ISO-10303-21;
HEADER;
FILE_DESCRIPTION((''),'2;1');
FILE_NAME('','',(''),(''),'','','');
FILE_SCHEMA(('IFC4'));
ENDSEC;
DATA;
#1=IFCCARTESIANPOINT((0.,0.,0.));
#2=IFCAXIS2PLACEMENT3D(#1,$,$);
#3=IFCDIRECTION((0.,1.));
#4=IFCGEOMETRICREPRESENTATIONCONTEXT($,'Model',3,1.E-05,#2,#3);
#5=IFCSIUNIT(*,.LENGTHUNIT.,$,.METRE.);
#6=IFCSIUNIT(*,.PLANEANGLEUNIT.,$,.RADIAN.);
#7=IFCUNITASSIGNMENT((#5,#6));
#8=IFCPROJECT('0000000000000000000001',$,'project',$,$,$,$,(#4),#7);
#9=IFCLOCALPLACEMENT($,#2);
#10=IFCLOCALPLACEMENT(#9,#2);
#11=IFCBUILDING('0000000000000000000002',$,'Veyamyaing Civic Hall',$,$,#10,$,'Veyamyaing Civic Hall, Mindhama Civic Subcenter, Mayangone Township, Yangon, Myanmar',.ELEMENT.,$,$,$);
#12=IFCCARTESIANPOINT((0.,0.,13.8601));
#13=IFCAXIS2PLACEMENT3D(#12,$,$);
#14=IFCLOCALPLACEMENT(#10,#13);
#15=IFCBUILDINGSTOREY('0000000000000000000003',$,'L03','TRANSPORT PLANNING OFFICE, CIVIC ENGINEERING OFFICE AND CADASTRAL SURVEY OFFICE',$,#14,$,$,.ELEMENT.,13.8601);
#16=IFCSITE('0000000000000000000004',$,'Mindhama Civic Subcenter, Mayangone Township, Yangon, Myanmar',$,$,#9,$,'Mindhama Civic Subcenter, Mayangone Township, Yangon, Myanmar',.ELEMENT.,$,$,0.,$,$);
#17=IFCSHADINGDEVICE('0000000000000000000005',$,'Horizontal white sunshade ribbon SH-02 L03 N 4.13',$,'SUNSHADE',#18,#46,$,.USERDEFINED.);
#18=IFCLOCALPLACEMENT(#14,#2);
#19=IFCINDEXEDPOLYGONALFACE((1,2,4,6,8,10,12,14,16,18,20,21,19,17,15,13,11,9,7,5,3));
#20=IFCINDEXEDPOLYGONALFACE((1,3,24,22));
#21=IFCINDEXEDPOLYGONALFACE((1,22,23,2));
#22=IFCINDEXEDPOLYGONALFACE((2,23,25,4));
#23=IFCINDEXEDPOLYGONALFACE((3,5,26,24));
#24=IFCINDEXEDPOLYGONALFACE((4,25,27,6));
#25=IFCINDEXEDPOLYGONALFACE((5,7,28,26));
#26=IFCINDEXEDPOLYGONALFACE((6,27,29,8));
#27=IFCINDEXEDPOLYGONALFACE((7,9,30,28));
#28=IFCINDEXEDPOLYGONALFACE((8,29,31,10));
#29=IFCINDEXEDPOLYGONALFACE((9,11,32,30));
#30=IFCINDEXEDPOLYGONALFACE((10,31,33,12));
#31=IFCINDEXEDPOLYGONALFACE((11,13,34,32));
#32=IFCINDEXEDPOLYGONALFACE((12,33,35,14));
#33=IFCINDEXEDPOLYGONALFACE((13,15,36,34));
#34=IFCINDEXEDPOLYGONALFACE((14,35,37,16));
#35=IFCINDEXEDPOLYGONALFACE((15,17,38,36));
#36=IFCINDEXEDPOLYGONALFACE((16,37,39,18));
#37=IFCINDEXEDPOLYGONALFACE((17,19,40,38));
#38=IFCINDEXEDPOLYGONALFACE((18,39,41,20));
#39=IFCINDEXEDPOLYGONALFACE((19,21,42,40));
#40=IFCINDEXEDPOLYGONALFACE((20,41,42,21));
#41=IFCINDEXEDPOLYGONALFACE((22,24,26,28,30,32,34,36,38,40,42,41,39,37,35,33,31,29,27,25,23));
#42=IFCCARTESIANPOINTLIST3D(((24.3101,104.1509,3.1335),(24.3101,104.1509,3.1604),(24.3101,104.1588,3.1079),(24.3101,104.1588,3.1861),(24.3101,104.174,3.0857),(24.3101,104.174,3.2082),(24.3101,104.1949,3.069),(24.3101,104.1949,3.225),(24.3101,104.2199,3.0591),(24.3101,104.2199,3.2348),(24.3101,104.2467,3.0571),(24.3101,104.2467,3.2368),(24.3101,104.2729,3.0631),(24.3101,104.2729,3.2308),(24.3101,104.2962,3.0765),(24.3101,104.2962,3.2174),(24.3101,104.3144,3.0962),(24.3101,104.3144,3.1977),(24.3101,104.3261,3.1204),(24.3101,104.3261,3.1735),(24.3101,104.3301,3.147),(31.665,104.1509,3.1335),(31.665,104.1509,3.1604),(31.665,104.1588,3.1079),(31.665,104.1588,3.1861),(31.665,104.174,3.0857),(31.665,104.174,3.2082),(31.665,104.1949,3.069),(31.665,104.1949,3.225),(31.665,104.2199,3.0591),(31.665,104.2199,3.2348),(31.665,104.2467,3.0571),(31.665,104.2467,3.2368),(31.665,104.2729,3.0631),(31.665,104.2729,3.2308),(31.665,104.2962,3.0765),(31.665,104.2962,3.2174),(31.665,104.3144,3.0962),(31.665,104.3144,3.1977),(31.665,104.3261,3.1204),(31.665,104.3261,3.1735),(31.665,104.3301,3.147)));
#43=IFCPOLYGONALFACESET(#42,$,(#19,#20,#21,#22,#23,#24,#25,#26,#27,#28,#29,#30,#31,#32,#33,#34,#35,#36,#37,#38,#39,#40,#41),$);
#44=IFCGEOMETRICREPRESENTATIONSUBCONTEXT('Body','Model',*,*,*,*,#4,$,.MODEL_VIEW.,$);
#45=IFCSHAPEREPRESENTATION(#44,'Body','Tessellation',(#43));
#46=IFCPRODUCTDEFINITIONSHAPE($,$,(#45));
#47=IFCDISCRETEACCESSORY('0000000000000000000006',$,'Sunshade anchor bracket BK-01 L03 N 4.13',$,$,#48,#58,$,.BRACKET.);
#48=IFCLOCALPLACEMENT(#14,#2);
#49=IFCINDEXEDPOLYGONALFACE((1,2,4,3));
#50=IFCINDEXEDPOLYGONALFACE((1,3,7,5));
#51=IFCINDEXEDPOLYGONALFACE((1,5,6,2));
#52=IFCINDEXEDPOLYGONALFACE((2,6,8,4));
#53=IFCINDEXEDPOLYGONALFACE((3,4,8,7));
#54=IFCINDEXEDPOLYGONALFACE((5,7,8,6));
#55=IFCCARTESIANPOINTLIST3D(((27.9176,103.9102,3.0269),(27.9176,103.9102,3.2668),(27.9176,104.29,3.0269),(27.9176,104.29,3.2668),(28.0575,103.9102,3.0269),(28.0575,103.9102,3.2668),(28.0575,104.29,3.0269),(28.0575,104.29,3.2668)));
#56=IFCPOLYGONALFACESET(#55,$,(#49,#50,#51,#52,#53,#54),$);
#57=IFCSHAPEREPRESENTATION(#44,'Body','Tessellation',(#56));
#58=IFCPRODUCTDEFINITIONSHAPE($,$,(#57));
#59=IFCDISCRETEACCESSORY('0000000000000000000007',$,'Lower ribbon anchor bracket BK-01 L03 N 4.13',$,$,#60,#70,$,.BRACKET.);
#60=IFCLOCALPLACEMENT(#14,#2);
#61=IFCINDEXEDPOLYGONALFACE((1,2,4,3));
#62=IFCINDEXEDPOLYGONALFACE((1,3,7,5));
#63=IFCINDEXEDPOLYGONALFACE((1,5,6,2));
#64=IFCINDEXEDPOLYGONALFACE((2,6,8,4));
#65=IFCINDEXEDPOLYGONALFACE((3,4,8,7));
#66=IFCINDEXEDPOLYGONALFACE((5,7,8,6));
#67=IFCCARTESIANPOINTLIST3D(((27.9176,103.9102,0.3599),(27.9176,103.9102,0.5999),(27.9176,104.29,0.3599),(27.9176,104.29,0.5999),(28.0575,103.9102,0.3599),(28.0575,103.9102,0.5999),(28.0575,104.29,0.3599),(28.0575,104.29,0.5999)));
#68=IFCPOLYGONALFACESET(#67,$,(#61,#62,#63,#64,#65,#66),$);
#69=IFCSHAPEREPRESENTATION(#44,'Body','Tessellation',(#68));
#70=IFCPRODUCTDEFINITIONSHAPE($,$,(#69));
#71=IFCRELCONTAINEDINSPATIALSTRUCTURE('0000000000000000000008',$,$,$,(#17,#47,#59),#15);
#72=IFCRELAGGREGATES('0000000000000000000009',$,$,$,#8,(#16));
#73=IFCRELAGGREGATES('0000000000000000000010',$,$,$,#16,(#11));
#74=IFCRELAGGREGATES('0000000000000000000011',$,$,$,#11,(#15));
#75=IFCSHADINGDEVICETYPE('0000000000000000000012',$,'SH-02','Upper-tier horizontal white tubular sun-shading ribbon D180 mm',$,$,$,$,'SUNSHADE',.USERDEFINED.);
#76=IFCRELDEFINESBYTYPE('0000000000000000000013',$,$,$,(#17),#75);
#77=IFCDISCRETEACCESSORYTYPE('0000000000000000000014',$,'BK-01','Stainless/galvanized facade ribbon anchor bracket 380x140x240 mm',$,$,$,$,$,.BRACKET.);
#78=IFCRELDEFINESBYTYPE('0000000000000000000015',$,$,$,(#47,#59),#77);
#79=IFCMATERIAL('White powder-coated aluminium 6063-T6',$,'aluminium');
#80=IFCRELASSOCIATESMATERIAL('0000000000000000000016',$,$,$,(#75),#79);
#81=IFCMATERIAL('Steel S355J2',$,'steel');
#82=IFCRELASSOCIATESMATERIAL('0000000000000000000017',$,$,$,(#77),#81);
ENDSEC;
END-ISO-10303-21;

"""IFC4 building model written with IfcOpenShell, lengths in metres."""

from ifc_helpers import new_model, si_unit, direction, frame, origin, origin_2d, place, context, subcontext, project, spatial, rectangle, circle, extrude, material, material_profile, profile_set, type_object, element, save


model = new_model("IFC4")

# Units and contexts
model_context = context("Model", 3, precision=1e-05, world=origin(), true_north=direction((0.0, 1.0)))
body_context = subcontext(model_context, "Body", "Model", "MODEL_VIEW")
ifc_project = project(units=[si_unit("LENGTHUNIT", "METRE"), si_unit("PLANEANGLEUNIT", "RADIAN")], contexts=[model_context])

# Site, building, storey
site_placement = place(None, origin())
site = spatial("IfcSite", under=ifc_project, at=site_placement, Name="Mindhama Civic Subcenter, Mayangone Township, Yangon, Myanmar", LongName="Mindhama Civic Subcenter, Mayangone Township, Yangon, Myanmar", CompositionType="ELEMENT", RefElevation=0.0)
building_placement = place(site_placement, origin())
building = spatial("IfcBuilding", under=site, at=building_placement, Name="Veyamyaing Civic Hall", LongName="Veyamyaing Civic Hall, Mindhama Civic Subcenter, Mayangone Township, Yangon, Myanmar", CompositionType="ELEMENT")
storey_placement = place(building_placement, frame((0.0, 0.0, 13.8601)))
storey = spatial("IfcBuildingStorey", under=building, at=storey_placement, Name="L03", Description="TRANSPORT PLANNING OFFICE, CIVIC ENGINEERING OFFICE AND CADASTRAL SURVEY OFFICE", CompositionType="ELEMENT", Elevation=13.8601)

# Shared definitions
ifc_material_1 = material(Name="White powder-coated aluminium 6063-T6", Category="aluminium")

# Shading device
ifc_material_profile_1 = material_profile(ifc_material_1, circle(Radius=0.0901, at=origin_2d()), Name="SHADE-TUBE-180")
ifc_profile_set_1 = profile_set([ifc_material_profile_1], Name="White powder-coated aluminium 6063-T6")
shading_device_type = type_object("IfcShadingDeviceType", Name="SH-02", Description="Upper-tier horizontal white tubular sun-shading ribbon D180 mm", ElementType="SUNSHADE", PredefinedType="USERDEFINED", material=ifc_profile_set_1)
shading_device_placement = place(storey_placement, frame((24.3101, 104.24, 3.147), z_axis=(1.0, 0.0, 0.0), x_axis=(0.0, 1.0, 0.0)))
element("IfcShadingDevice", 1, at=shading_device_placement, inside=storey, type_object=shading_device_type, Name="Horizontal white sunshade ribbon SH-02 L03 N 4.13", ObjectType="SUNSHADE", PredefinedType="USERDEFINED", context=body_context, shape_type="SweptSolid", body=[
    extrude(circle(Radius=0.0901, at=origin_2d()), origin(), (0.0, 0.0, 1.0), 7.355),
])

# Discrete accessories
ifc_material_2 = material(Name="Steel S355J2", Category="steel")
discrete_accessory_type = type_object("IfcDiscreteAccessoryType", Name="BK-01", Description="Stainless/galvanized facade ribbon anchor bracket 380x140x240 mm", PredefinedType="BRACKET", material=ifc_material_2)
for number, where, z_axis, x_axis, name in (
    (2, (27.9875, 104.1001, 3.0269), (0.0, 0.0, 1.0), (0.0, 1.0, 0.0), "Sunshade anchor bracket BK-01 L03 N 4.13"),
    (3, (27.9875, 104.1001, 0.3599), (0.0, 0.0, 1.0), (0.0, 1.0, 0.0), "Lower ribbon anchor bracket BK-01 L03 N 4.13"),
):
    element("IfcDiscreteAccessory", number, at=place(storey_placement, frame(where, z_axis=z_axis, x_axis=x_axis)), inside=storey, type_object=discrete_accessory_type, Name=name, PredefinedType="BRACKET", context=body_context, shape_type="SweptSolid", body=[
        extrude(rectangle(XDim=0.3799, YDim=0.1399, at=origin_2d()), origin(), (0.0, 0.0, 1.0), 0.24),
    ])

save(model, "model.ifc")
